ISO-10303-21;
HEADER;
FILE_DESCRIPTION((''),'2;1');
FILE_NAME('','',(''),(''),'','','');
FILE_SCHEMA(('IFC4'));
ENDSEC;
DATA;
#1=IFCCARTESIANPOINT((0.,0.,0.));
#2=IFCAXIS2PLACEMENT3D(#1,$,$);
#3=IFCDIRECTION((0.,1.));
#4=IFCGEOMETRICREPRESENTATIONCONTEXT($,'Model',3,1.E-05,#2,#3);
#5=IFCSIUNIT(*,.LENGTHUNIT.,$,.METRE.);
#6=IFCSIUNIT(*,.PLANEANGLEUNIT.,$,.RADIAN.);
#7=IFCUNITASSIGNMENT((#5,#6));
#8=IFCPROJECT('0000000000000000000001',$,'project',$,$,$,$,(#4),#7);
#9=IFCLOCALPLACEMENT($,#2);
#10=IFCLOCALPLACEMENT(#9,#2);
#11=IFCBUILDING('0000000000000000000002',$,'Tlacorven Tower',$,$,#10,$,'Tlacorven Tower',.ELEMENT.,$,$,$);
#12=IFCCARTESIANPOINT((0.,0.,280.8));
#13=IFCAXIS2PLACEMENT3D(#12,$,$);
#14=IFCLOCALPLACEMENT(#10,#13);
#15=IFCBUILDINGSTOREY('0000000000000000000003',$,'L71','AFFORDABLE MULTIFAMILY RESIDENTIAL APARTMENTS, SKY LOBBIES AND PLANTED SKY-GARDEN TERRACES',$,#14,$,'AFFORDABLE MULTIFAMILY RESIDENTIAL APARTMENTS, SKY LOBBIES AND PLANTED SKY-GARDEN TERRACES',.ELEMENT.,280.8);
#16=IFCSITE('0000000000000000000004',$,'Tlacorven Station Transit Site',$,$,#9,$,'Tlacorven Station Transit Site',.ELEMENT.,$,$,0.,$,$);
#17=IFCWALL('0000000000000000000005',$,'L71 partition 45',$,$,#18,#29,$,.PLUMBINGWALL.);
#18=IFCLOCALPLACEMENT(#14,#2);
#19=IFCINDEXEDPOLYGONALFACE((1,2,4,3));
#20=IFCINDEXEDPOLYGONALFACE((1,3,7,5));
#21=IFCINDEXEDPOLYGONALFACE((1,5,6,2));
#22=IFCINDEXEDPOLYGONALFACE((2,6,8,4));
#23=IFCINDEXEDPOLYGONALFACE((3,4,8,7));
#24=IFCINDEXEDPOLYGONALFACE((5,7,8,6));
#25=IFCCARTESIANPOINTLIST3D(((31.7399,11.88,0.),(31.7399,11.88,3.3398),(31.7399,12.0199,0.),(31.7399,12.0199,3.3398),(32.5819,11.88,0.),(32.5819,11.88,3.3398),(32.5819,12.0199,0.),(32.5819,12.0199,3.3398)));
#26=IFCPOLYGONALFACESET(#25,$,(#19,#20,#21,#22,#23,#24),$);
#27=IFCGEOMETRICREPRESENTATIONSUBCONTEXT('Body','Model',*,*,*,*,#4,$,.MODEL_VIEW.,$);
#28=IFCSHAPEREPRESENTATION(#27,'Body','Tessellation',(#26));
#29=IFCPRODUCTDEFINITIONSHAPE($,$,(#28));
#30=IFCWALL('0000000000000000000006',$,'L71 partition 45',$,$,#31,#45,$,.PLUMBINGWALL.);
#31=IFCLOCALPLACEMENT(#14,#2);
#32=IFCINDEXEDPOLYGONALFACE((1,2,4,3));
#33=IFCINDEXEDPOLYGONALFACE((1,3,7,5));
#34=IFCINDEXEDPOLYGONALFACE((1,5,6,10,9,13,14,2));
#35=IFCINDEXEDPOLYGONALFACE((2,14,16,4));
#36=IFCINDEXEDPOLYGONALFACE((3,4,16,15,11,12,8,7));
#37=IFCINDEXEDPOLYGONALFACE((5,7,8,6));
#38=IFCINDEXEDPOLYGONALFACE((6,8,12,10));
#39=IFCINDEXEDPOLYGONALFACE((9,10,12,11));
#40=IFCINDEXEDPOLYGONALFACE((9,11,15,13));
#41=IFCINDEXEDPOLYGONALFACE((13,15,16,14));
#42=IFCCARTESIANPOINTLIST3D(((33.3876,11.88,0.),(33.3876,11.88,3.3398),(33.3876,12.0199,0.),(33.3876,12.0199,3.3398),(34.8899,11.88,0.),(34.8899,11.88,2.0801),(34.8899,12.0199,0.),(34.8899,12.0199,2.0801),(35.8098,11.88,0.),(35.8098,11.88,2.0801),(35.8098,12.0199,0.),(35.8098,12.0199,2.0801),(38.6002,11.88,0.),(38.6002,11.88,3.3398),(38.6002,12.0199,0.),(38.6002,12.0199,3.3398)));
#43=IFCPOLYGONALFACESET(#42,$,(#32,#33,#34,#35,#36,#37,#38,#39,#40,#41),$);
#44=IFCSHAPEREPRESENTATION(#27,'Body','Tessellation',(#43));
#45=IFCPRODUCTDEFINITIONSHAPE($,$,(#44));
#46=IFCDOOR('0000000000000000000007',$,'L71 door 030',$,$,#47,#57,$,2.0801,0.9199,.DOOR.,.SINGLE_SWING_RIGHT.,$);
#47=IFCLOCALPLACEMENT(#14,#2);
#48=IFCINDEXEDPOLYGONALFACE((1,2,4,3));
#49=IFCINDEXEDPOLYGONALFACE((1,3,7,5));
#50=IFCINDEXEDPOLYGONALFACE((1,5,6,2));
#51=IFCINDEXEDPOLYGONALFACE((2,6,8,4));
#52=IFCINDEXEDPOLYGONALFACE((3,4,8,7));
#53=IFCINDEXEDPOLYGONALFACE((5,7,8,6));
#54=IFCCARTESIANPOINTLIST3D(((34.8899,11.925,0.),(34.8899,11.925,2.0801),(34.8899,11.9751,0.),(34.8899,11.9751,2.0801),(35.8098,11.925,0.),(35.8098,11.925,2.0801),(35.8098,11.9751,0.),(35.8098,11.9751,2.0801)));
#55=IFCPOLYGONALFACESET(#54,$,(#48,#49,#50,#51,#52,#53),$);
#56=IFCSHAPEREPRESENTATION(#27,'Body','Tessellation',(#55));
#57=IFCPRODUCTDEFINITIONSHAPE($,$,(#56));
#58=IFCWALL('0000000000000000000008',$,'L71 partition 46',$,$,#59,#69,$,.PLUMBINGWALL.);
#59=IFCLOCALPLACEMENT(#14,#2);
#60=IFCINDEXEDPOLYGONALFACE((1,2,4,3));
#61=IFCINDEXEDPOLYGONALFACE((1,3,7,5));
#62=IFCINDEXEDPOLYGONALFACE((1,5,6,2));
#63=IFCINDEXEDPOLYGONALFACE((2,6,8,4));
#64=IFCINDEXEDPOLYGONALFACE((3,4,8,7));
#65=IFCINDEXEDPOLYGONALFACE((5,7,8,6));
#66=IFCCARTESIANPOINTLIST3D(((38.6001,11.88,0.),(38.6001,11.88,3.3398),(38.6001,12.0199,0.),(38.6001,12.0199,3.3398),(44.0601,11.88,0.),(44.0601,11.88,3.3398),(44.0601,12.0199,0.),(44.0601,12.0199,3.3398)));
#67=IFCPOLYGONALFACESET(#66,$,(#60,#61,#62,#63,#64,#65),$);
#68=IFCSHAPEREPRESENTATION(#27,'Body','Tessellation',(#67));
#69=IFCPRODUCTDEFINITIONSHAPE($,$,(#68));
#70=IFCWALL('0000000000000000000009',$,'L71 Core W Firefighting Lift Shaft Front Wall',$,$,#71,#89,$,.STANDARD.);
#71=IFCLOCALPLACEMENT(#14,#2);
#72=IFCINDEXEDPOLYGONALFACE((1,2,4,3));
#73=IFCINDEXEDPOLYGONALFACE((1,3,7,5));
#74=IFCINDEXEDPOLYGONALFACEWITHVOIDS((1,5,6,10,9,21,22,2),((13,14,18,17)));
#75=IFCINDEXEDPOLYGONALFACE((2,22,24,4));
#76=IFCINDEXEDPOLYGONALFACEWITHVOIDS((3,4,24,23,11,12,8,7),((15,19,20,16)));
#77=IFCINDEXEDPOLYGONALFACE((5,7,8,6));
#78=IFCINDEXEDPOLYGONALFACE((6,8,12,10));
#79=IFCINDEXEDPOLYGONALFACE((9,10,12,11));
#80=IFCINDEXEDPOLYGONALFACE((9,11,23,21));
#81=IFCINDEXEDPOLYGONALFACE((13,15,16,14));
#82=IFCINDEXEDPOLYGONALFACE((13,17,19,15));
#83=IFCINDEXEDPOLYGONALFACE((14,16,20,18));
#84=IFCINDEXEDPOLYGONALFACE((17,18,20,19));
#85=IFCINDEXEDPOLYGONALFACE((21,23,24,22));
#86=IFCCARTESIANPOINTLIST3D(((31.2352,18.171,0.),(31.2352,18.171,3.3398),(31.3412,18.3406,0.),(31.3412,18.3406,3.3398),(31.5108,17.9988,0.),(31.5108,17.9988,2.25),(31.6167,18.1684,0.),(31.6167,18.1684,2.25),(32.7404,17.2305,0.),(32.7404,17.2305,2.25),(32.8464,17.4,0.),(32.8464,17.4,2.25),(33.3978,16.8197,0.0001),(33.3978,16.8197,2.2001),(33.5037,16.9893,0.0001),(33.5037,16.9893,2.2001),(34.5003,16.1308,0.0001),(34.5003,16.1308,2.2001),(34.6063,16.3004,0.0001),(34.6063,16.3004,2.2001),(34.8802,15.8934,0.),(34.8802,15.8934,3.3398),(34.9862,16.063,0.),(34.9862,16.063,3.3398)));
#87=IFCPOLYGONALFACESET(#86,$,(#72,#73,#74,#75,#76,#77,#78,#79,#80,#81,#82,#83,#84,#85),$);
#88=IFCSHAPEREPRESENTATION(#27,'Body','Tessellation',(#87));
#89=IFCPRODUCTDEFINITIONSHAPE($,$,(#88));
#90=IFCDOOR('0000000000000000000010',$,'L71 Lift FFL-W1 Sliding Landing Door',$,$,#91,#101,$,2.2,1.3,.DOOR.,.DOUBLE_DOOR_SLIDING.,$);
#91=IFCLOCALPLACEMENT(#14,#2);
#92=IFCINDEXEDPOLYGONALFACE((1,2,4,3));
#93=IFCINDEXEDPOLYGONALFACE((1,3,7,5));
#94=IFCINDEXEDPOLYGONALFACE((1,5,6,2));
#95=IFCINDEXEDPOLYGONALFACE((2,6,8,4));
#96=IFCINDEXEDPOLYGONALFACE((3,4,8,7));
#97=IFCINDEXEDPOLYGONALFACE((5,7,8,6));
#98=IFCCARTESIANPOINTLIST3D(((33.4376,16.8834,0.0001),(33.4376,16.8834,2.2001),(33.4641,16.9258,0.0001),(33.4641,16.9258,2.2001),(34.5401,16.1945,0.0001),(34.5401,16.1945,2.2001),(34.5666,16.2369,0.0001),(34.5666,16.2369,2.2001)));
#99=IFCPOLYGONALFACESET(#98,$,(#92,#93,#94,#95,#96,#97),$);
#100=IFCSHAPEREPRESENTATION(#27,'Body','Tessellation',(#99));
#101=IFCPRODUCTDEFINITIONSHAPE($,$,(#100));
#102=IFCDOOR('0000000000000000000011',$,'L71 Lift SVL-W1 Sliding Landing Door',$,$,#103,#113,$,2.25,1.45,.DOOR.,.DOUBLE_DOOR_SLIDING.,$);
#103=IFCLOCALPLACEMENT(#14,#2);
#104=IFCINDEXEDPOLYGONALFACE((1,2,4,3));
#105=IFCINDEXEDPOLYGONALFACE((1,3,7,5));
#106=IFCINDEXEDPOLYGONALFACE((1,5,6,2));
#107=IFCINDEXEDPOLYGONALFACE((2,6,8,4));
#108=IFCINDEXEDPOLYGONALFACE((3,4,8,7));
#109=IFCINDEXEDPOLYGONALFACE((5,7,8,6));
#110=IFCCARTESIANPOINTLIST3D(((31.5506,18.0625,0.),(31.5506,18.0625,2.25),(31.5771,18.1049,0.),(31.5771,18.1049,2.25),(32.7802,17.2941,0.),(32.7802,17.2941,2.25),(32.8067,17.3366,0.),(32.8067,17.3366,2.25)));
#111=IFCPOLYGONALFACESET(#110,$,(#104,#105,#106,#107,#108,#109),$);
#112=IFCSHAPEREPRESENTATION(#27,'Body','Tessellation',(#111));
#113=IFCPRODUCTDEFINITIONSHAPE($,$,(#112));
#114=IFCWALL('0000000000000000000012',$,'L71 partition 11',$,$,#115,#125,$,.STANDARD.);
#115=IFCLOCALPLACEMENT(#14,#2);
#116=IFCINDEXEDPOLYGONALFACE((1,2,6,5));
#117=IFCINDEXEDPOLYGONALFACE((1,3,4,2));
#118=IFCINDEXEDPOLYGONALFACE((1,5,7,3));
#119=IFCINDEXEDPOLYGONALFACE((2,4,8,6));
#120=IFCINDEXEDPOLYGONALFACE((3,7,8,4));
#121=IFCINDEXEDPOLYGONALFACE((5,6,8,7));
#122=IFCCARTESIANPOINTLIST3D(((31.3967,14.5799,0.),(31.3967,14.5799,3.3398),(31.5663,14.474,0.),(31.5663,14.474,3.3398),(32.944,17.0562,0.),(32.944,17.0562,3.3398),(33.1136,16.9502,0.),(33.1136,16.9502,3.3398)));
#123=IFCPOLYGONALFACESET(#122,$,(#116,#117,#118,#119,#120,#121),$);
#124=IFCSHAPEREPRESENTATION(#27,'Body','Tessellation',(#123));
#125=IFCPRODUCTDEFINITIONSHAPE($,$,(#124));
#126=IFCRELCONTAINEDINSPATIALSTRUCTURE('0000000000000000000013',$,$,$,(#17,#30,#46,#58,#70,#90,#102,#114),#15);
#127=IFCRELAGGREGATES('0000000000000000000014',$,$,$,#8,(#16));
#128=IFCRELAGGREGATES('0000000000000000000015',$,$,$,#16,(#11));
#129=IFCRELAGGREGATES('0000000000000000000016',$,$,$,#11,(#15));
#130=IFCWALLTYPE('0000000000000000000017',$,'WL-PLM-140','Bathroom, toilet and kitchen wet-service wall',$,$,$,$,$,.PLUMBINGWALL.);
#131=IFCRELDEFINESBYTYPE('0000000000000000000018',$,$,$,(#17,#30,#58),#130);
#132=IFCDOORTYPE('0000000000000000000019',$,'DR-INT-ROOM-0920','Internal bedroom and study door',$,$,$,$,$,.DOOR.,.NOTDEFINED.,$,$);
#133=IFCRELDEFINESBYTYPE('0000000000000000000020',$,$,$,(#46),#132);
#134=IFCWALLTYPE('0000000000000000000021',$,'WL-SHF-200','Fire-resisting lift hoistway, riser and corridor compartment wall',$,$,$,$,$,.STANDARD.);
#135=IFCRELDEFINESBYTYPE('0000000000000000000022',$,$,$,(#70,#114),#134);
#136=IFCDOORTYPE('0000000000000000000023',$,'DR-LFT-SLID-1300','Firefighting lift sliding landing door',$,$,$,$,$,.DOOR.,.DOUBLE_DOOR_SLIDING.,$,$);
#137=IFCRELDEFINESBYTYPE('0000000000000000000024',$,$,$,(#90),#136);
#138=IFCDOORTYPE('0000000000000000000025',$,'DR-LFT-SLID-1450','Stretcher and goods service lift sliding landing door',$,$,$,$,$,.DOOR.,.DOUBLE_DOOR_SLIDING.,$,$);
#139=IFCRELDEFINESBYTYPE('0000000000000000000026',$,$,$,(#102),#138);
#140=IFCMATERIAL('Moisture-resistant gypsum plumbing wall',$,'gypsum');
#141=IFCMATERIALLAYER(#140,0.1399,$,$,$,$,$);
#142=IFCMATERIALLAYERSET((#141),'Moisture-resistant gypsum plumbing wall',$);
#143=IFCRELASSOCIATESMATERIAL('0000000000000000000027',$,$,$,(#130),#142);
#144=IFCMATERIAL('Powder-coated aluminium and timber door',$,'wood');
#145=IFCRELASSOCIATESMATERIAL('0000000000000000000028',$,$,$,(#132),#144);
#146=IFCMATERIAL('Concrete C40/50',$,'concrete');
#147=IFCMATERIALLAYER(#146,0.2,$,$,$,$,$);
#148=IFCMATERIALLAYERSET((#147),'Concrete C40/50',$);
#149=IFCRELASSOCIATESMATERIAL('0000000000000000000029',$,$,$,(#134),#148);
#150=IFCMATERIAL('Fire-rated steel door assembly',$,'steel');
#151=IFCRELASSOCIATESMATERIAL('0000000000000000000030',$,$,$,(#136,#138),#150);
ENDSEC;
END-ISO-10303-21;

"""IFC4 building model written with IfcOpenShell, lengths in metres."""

from ifc_helpers import new_model, si_unit, direction, frame, frame_2d, origin, place, context, subcontext, project, spatial, rectangle, extrude, source, transform, mapped, material, layer, layer_set, type_object, element, fill, save


model = new_model("IFC4")

# Units and contexts
model_context = context("Model", 3, precision=1e-05, world=origin(), true_north=direction((0.0, 1.0)))
body_context = subcontext(model_context, "Body", "Model", "MODEL_VIEW")
ifc_project = project(units=[si_unit("LENGTHUNIT", "METRE"), si_unit("PLANEANGLEUNIT", "RADIAN")], contexts=[model_context])

# Site, building, storey
site_placement = place(None, origin())
site = spatial("IfcSite", under=ifc_project, at=site_placement, Name="Tlacorven Station Transit Site", LongName="Tlacorven Station Transit Site", CompositionType="ELEMENT", RefElevation=0.0)
building_placement = place(site_placement, origin())
building = spatial("IfcBuilding", under=site, at=building_placement, Name="Tlacorven Tower", LongName="Tlacorven Tower", CompositionType="ELEMENT")
storey_placement = place(building_placement, frame((0.0, 0.0, 280.8)))
storey = spatial("IfcBuildingStorey", under=building, at=storey_placement, Name="L71", Description="AFFORDABLE MULTIFAMILY RESIDENTIAL APARTMENTS, SKY LOBBIES AND PLANTED SKY-GARDEN TERRACES", LongName="AFFORDABLE MULTIFAMILY RESIDENTIAL APARTMENTS, SKY LOBBIES AND PLANTED SKY-GARDEN TERRACES", CompositionType="ELEMENT", Elevation=280.8)

# Shared definitions
ifc_material_1 = material(Name="Fire-rated steel door assembly", Category="steel")

# Wall
ifc_material_2 = material(Name="Moisture-resistant gypsum plumbing wall", Category="gypsum")
ifc_layer_1 = layer(ifc_material_2, 0.1399)
ifc_layer_set_1 = layer_set([ifc_layer_1], Name="Moisture-resistant gypsum plumbing wall")
wall_type_1 = type_object("IfcWallType", Name="WL-PLM-140", Description="Bathroom, toilet and kitchen wet-service wall", PredefinedType="PLUMBINGWALL", material=ifc_layer_set_1)
wall_1_placement = place(storey_placement, frame((31.74, 11.95, 0.0), z_axis=(0.0, 0.0, 1.0), x_axis=(1.0, 0.0, 0.0)))
element("IfcWall", 1, at=wall_1_placement, inside=storey, type_object=wall_type_1, Name="L71 partition 45", PredefinedType="PLUMBINGWALL", context=body_context, shape_type="SweptSolid", body=[
    extrude(rectangle(XDim=0.842, YDim=0.1399, at=frame_2d((0.4209, 0.0))), origin(), (0.0, 0.0, 1.0), 3.3398),
])

# Wall, opening, door
wall_2_placement = place(storey_placement, frame((33.3875, 11.95, 0.0), z_axis=(0.0, 0.0, 1.0), x_axis=(1.0, 0.0, 0.0)))
wall_2 = element("IfcWall", 2, at=wall_2_placement, inside=storey, type_object=wall_type_1, Name="L71 partition 45", PredefinedType="PLUMBINGWALL", context=body_context, shape_type="SweptSolid", body=[
    extrude(rectangle(XDim=5.2126, YDim=0.1399, at=frame_2d((2.6064, 0.0))), origin(), (0.0, 0.0, 1.0), 3.3398),
])
opening_1_placement = place(wall_2_placement, frame((1.5024, 0.0, 0.0)))
opening_1 = element("IfcOpeningElement", 3, at=opening_1_placement, cuts=wall_2, PredefinedType="OPENING", context=body_context, shape_type="SweptSolid", body=[
    extrude(rectangle(XDim=0.9199, YDim=2.0801, at=frame_2d((0.46, 1.04))), frame((0.0, 0.0801, 0.0), z_axis=(0.0, -1.0, 0.0), x_axis=(1.0, 0.0, 0.0)), (0.0, 0.0, 1.0), 0.1599),
])
ifc_material_3 = material(Name="Powder-coated aluminium and timber door", Category="wood")
door_type_1 = type_object("IfcDoorType", Name="DR-INT-ROOM-0920", Description="Internal bedroom and study door", OperationType="NOTDEFINED", PredefinedType="DOOR", material=ifc_material_3)
shared_shape_1 = source(origin(), body_context, "Body", "SweptSolid", [
    extrude(rectangle(XDim=0.9199, YDim=2.0801, at=frame_2d((0.46, 1.04))), frame((0.0, 0.0249, 0.0), z_axis=(0.0, -1.0, 0.0), x_axis=(1.0, 0.0, 0.0)), (0.0, 0.0, 1.0), 0.05),
])
door_1_placement = place(opening_1_placement, frame((0.9199, 0.0, 0.0), z_axis=(0.0, 0.0, 1.0), x_axis=(-1.0, 0.0, 0.0)))
door_1 = element("IfcDoor", 4, at=door_1_placement, inside=storey, type_object=door_type_1, Name="L71 door 030", OperationType="SINGLE_SWING_RIGHT", OverallHeight=2.0801, OverallWidth=0.9199, PredefinedType="DOOR", context=body_context, shape_type="MappedRepresentation", body=[
    mapped(shared_shape_1, transform((0.0, 0.0, 0.0), scale=1.0)),
])
fill(opening_1, door_1)

# Wall
wall_3_placement = place(storey_placement, frame((38.6001, 11.95, 0.0), z_axis=(0.0, 0.0, 1.0), x_axis=(1.0, 0.0, 0.0)))
element("IfcWall", 5, at=wall_3_placement, inside=storey, type_object=wall_type_1, Name="L71 partition 46", PredefinedType="PLUMBINGWALL", context=body_context, shape_type="SweptSolid", body=[
    extrude(rectangle(XDim=5.46, YDim=0.1399, at=frame_2d((2.73, 0.0))), origin(), (0.0, 0.0, 1.0), 3.3398),
])

# Wall, openings, doors
ifc_material_4 = material(Name="Concrete C40/50", Category="concrete")
ifc_layer_2 = layer(ifc_material_4, 0.2)
ifc_layer_set_2 = layer_set([ifc_layer_2], Name="Concrete C40/50")
wall_type_2 = type_object("IfcWallType", Name="WL-SHF-200", Description="Fire-resisting lift hoistway, riser and corridor compartment wall", PredefinedType="STANDARD", material=ifc_layer_set_2)
wall_4_placement = place(storey_placement, frame((34.9331, 15.9783, 0.0), z_axis=(0.0, 0.0, 1.0), x_axis=(-0.848056, 0.529907, 0.0)))
wall_4 = element("IfcWall", 6, at=wall_4_placement, inside=storey, type_object=wall_type_2, Name="L71 Core W Firefighting Lift Shaft Front Wall", PredefinedType="STANDARD", context=body_context, shape_type="SweptSolid", body=[
    extrude(rectangle(XDim=4.2981, YDim=0.2, at=frame_2d((2.1489, 0.0))), origin(), (0.0, 0.0, 1.0), 3.3398),
])
opening_2_placement = place(wall_4_placement, frame((0.448, 0.0, 0.0)))
opening_2 = element("IfcOpeningElement", 7, at=opening_2_placement, cuts=wall_4, PredefinedType="OPENING", context=body_context, shape_type="SweptSolid", body=[
    extrude(rectangle(XDim=1.3, YDim=2.2, at=frame_2d((0.6499, 1.1001))), frame((0.0, 0.1099, 0.0), z_axis=(0.0, -1.0, 0.0), x_axis=(1.0, 0.0, 0.0)), (0.0, 0.0, 1.0), 0.22),
])
opening_3_placement = place(wall_4_placement, frame((2.5229, 0.0, 0.0)))
opening_3 = element("IfcOpeningElement", 8, at=opening_3_placement, cuts=wall_4, PredefinedType="OPENING", context=body_context, shape_type="SweptSolid", body=[
    extrude(rectangle(XDim=1.45, YDim=2.25, at=frame_2d((0.7251, 1.125))), frame((0.0, 0.1099, 0.0), z_axis=(0.0, -1.0, 0.0), x_axis=(1.0, 0.0, 0.0)), (0.0, 0.0, 1.0), 0.22),
])
door_type_2 = type_object("IfcDoorType", Name="DR-LFT-SLID-1300", Description="Firefighting lift sliding landing door", OperationType="DOUBLE_DOOR_SLIDING", PredefinedType="DOOR", material=ifc_material_1)
shared_shape_2 = source(origin(), body_context, "Body", "SweptSolid", [
    extrude(rectangle(XDim=1.3, YDim=2.2, at=frame_2d((0.6499, 1.1001))), frame((0.0, 0.0249, 0.0), z_axis=(0.0, -1.0, 0.0), x_axis=(1.0, 0.0, 0.0)), (0.0, 0.0, 1.0), 0.05),
])
door_2_placement = place(opening_2_placement, origin())
door_2 = element("IfcDoor", 9, at=door_2_placement, inside=storey, type_object=door_type_2, Name="L71 Lift FFL-W1 Sliding Landing Door", OperationType="DOUBLE_DOOR_SLIDING", OverallHeight=2.2, OverallWidth=1.3, PredefinedType="DOOR", context=body_context, shape_type="MappedRepresentation", body=[
    mapped(shared_shape_2, transform((0.0, 0.0, 0.0), scale=1.0)),
])
fill(opening_2, door_2)
door_type_3 = type_object("IfcDoorType", Name="DR-LFT-SLID-1450", Description="Stretcher and goods service lift sliding landing door", OperationType="DOUBLE_DOOR_SLIDING", PredefinedType="DOOR", material=ifc_material_1)
shared_shape_3 = source(origin(), body_context, "Body", "SweptSolid", [
    extrude(rectangle(XDim=1.45, YDim=2.25, at=frame_2d((0.7251, 1.125))), frame((0.0, 0.0249, 0.0), z_axis=(0.0, -1.0, 0.0), x_axis=(1.0, 0.0, 0.0)), (0.0, 0.0, 1.0), 0.05),
])
door_3_placement = place(opening_3_placement, origin())
door_3 = element("IfcDoor", 10, at=door_3_placement, inside=storey, type_object=door_type_3, Name="L71 Lift SVL-W1 Sliding Landing Door", OperationType="DOUBLE_DOOR_SLIDING", OverallHeight=2.25, OverallWidth=1.45, PredefinedType="DOOR", context=body_context, shape_type="MappedRepresentation", body=[
    mapped(shared_shape_3, transform((0.0, 0.0, 0.0), scale=1.0)),
])
fill(opening_3, door_3)

# Wall
wall_5_placement = place(storey_placement, frame((33.0288, 17.0032, 0.0), z_axis=(0.0, 0.0, 1.0), x_axis=(-0.529916, -0.84805, 0.0)))
element("IfcWall", 11, at=wall_5_placement, inside=storey, type_object=wall_type_2, Name="L71 partition 11", PredefinedType="STANDARD", context=body_context, shape_type="SweptSolid", body=[
    extrude(rectangle(XDim=2.9199, YDim=0.2, at=frame_2d((1.46, 0.0))), origin(), (0.0, 0.0, 1.0), 3.3398),
])

save(model, "model.ifc")
